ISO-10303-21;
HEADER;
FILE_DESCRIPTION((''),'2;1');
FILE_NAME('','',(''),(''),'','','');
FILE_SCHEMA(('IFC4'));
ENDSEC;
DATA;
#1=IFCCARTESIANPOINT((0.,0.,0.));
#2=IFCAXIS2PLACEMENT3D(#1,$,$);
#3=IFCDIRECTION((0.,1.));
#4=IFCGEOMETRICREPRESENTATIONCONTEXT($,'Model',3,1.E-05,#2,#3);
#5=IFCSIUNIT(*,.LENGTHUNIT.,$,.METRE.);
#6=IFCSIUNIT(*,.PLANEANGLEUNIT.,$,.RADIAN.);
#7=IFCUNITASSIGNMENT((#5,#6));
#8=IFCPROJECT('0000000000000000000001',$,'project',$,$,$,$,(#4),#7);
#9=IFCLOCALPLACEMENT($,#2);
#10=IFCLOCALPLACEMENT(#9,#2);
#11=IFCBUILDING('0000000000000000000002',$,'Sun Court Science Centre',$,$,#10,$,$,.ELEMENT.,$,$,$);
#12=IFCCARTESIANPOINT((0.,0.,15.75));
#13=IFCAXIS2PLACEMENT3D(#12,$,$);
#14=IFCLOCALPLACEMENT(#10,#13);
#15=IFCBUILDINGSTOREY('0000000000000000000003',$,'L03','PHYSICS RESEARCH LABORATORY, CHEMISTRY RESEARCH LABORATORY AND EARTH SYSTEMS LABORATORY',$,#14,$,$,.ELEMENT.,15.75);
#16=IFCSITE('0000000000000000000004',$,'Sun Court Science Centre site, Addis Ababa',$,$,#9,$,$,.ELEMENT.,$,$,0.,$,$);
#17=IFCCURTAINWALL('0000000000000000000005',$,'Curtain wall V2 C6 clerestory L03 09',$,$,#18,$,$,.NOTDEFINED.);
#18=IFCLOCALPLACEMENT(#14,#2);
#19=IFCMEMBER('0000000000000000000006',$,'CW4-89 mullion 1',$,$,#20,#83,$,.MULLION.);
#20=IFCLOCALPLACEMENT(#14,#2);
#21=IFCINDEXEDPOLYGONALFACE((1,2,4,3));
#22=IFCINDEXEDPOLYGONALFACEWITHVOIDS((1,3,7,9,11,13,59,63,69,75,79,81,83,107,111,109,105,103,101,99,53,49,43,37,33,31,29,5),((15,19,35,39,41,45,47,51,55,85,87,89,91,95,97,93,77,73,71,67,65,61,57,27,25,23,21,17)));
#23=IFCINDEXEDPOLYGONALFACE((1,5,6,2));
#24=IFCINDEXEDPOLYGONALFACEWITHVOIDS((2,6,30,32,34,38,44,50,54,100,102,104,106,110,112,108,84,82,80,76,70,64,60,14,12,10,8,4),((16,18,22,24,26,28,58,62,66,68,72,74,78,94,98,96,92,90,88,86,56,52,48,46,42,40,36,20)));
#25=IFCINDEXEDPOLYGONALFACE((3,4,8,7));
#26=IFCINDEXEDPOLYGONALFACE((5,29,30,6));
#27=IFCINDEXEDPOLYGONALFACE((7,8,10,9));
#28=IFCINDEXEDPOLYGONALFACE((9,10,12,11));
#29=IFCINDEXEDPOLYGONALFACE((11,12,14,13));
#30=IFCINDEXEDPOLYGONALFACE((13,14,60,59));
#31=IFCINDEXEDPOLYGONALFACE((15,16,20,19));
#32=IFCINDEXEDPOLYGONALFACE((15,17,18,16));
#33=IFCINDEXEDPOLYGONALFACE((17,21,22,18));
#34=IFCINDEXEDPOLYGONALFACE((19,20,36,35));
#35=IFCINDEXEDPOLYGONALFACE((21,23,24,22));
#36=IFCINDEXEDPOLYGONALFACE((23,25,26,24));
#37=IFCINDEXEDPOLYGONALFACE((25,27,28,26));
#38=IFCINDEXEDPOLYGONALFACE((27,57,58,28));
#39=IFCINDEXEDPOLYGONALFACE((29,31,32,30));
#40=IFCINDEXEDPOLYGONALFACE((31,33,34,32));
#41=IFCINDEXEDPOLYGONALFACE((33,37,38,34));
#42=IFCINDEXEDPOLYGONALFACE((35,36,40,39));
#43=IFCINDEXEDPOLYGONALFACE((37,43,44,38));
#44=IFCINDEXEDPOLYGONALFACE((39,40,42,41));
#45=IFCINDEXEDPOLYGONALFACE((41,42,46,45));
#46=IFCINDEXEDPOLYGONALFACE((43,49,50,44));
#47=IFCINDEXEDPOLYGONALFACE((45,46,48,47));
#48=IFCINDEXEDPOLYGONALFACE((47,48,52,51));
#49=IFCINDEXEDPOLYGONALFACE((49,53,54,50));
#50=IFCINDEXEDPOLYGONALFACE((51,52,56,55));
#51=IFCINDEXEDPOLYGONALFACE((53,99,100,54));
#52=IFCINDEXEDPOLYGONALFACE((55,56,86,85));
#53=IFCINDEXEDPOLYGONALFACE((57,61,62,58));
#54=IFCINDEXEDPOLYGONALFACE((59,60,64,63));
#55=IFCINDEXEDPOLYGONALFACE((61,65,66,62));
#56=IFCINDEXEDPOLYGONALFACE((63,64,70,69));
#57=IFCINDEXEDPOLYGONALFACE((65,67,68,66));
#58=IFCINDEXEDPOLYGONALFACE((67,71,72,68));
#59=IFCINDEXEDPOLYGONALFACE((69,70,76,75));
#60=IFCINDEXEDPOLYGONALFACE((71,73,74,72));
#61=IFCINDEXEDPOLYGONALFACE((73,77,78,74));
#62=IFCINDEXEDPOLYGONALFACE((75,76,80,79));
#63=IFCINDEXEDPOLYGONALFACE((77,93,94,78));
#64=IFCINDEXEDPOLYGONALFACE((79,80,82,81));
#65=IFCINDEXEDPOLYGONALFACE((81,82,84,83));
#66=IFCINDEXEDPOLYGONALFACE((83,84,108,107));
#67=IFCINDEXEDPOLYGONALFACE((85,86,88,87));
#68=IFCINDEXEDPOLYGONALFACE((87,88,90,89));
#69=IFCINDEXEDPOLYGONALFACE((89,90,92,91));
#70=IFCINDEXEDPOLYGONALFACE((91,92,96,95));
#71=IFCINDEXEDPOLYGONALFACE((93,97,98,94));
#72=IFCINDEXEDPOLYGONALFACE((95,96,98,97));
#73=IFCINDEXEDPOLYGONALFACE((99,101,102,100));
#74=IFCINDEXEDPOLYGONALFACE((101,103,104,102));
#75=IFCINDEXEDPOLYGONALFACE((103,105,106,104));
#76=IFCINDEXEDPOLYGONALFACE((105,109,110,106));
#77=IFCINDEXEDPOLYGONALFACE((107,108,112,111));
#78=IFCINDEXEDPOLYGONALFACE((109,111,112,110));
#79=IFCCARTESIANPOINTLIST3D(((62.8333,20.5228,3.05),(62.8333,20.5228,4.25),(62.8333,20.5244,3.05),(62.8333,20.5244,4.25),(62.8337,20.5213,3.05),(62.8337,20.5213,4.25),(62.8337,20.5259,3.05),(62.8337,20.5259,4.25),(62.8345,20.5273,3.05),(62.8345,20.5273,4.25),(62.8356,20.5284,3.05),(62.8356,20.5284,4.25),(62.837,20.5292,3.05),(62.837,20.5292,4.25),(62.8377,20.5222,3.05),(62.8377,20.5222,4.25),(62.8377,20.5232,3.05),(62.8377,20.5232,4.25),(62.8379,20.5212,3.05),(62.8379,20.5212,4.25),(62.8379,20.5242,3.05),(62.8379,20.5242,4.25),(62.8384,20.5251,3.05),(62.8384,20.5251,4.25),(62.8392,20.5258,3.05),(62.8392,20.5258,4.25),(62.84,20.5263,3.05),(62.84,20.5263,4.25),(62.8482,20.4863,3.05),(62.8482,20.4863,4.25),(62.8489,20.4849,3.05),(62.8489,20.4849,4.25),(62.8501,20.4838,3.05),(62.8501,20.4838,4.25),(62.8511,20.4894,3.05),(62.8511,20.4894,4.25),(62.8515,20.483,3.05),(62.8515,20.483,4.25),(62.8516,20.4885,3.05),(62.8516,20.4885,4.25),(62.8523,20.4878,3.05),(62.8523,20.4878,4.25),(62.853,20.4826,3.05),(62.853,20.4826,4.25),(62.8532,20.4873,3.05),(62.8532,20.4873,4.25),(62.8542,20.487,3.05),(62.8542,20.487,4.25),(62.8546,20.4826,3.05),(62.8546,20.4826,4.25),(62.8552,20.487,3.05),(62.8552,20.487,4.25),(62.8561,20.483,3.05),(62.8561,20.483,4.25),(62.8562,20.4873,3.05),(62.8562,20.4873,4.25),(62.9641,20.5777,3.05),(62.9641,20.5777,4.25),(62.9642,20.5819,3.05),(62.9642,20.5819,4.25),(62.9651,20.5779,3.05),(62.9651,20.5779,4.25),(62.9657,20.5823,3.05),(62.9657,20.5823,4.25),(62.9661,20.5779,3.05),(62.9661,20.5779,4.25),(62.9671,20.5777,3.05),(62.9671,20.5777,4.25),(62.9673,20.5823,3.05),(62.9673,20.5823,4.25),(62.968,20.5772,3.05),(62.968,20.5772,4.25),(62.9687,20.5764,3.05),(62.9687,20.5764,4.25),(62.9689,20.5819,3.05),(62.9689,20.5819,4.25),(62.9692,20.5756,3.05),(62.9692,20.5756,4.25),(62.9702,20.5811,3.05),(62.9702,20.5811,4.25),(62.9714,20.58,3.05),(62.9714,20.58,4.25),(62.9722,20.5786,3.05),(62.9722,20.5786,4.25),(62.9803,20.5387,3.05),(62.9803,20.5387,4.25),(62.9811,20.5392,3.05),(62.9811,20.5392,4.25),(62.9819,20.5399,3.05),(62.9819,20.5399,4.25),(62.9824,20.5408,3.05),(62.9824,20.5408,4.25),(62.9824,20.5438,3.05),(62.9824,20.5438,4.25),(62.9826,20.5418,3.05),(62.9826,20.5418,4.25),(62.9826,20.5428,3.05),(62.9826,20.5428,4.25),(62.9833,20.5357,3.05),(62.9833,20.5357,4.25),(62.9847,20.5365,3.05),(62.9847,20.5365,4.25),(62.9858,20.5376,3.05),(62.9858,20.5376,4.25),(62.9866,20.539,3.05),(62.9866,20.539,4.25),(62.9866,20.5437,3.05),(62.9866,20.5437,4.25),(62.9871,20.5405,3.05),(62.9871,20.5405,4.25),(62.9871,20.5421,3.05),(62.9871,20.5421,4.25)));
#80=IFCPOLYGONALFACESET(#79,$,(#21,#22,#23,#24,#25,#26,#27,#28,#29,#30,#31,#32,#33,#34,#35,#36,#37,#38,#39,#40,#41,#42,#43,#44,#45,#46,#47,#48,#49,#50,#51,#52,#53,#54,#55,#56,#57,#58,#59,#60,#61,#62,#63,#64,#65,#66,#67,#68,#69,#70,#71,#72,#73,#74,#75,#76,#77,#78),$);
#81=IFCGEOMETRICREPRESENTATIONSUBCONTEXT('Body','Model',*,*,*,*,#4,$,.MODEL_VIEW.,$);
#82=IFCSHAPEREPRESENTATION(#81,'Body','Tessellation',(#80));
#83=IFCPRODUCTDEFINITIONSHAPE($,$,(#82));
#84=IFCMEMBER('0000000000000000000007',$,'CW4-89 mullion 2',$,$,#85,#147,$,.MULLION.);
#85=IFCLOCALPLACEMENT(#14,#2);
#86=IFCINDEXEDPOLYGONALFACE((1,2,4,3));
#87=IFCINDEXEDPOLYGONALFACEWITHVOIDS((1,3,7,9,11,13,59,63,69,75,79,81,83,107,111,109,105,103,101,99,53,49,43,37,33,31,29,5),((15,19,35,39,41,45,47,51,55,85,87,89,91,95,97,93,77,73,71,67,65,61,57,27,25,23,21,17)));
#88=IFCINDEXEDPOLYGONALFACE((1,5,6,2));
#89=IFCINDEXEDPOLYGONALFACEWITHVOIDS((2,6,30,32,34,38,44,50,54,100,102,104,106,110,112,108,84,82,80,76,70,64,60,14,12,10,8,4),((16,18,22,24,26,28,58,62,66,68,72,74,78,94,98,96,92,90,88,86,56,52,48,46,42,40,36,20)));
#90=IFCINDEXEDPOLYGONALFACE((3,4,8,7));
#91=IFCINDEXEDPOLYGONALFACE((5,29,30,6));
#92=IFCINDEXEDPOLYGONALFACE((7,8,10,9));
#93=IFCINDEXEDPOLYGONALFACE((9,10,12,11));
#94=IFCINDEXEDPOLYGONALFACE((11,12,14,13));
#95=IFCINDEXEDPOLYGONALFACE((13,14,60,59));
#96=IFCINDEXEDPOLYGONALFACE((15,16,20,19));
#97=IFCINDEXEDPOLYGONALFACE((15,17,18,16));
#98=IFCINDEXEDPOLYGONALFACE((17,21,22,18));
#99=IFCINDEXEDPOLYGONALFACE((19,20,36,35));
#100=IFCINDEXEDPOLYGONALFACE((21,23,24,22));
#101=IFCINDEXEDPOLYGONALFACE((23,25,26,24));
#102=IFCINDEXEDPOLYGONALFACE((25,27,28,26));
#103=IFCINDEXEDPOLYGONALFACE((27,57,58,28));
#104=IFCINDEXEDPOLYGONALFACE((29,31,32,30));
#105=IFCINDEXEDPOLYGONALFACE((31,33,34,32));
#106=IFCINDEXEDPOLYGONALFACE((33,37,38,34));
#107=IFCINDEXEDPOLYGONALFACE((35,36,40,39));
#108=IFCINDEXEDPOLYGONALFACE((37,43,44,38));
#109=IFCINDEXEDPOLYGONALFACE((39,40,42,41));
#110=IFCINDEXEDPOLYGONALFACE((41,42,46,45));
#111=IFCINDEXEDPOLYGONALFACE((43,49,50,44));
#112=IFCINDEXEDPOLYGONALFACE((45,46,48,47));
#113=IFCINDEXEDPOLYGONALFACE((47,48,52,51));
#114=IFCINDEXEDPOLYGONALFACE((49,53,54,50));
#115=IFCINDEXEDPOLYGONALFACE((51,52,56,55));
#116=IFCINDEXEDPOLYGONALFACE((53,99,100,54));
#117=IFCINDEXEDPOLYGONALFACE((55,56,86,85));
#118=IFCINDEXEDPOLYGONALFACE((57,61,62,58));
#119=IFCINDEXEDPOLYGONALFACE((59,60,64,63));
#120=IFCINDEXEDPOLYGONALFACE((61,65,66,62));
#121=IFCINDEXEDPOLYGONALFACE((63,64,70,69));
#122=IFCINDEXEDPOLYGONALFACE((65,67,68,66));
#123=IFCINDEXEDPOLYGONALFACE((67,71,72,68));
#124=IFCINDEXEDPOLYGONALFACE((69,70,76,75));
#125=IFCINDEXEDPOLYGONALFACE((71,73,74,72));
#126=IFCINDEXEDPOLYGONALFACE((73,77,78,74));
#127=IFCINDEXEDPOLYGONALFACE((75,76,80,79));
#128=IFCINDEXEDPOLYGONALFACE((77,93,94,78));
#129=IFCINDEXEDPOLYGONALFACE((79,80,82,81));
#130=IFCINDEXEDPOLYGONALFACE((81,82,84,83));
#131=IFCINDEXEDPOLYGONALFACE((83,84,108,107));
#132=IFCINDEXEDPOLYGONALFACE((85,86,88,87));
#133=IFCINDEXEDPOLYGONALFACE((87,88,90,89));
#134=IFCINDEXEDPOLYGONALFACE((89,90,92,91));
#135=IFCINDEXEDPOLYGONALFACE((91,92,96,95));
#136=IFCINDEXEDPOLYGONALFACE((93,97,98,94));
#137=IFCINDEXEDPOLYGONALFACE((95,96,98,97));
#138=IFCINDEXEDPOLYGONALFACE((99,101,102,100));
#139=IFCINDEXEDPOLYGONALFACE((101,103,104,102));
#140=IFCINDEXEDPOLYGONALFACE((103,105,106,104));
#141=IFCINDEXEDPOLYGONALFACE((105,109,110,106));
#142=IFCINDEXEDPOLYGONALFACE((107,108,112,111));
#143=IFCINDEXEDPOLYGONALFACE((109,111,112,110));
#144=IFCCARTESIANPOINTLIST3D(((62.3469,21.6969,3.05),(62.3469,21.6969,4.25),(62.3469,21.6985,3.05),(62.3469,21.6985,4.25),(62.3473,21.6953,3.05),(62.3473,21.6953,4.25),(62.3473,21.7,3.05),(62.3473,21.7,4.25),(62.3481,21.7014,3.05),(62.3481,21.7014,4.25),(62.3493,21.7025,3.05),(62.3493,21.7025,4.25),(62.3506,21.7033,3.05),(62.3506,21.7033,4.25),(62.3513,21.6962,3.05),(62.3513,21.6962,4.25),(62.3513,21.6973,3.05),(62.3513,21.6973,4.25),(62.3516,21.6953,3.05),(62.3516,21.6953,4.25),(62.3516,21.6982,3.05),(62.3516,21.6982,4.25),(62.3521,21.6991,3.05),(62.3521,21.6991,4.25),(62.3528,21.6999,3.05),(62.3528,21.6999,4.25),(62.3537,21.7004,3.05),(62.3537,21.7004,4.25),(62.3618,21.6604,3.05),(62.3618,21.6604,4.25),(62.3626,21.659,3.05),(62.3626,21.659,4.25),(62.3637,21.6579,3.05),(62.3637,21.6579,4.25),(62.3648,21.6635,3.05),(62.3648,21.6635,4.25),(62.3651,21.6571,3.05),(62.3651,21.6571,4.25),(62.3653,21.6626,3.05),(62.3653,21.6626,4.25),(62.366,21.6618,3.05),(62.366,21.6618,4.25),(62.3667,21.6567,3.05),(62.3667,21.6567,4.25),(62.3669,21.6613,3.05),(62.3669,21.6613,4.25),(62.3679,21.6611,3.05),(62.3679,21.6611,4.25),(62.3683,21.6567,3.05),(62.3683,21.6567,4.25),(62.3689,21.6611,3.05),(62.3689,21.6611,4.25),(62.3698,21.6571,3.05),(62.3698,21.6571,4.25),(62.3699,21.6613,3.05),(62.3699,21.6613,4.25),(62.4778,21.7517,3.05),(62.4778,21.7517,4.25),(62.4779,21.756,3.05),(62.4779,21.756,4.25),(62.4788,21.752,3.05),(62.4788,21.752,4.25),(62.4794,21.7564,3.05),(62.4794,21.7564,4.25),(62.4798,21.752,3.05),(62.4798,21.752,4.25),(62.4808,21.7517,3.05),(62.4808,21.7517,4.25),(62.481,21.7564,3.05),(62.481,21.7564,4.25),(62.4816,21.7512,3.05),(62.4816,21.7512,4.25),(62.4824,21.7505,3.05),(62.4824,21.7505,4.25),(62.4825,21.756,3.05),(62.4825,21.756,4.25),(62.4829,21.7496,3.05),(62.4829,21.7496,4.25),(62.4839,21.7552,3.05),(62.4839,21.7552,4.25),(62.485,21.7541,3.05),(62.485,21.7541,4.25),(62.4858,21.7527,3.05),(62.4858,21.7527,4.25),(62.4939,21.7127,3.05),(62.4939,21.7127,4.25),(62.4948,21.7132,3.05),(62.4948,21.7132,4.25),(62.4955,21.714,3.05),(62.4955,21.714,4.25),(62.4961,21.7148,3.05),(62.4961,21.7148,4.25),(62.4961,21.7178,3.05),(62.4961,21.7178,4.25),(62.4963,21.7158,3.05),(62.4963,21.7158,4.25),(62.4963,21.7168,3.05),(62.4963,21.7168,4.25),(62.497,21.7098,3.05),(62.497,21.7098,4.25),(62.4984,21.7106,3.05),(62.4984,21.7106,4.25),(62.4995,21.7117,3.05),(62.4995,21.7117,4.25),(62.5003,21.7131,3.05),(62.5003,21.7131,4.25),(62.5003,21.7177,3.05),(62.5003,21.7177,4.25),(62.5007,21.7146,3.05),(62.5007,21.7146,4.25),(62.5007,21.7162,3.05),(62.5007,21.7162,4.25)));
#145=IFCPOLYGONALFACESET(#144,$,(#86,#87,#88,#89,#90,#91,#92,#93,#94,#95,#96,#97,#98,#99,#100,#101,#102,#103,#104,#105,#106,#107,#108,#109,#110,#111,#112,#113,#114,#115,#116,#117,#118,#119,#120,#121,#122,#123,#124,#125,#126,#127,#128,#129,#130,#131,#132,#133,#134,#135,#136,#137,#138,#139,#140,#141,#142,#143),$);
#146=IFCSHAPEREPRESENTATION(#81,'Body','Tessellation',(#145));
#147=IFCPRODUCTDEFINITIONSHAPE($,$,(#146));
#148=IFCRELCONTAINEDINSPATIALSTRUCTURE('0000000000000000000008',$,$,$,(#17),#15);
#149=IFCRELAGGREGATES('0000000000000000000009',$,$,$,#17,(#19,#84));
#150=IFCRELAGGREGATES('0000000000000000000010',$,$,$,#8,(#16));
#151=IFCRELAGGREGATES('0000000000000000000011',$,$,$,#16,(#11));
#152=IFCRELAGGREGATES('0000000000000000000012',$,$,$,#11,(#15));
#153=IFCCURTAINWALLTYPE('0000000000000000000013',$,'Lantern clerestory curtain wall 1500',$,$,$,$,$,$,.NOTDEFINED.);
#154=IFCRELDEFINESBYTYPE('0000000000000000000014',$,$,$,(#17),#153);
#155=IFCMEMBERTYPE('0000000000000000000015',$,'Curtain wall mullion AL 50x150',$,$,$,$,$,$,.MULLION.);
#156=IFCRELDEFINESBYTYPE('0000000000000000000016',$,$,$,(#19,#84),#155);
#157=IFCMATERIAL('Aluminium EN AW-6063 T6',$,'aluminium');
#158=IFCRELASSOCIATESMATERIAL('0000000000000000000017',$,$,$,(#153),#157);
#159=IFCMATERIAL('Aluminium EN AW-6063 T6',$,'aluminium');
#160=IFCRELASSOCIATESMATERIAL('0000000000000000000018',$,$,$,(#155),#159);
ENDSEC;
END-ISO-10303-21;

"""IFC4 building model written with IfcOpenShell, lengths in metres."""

from ifc_helpers import new_model, si_unit, direction, frame, origin, origin_2d, place, context, subcontext, project, spatial, hollow_rectangle, extrude, material, material_profile, profile_set, type_object, element, aggregate, save


model = new_model("IFC4")

# Units and contexts
model_context = context("Model", 3, precision=1e-05, world=origin(), true_north=direction((0.0, 1.0)))
body_context = subcontext(model_context, "Body", "Model", "MODEL_VIEW")
ifc_project = project(units=[si_unit("LENGTHUNIT", "METRE"), si_unit("PLANEANGLEUNIT", "RADIAN")], contexts=[model_context])

# Site, building, storey
site_placement = place(None, origin())
site = spatial("IfcSite", under=ifc_project, at=site_placement, Name="Sun Court Science Centre site, Addis Ababa", CompositionType="ELEMENT", RefElevation=0.0)
building_placement = place(site_placement, origin())
building = spatial("IfcBuilding", under=site, at=building_placement, Name="Sun Court Science Centre", CompositionType="ELEMENT")
storey_placement = place(building_placement, frame((0.0, 0.0, 15.75)))
storey = spatial("IfcBuildingStorey", under=building, at=storey_placement, Name="L03", Description="PHYSICS RESEARCH LABORATORY, CHEMISTRY RESEARCH LABORATORY AND EARTH SYSTEMS LABORATORY", CompositionType="ELEMENT", Elevation=15.75)

# Curtain wall, members
ifc_material_1 = material(Name="Aluminium EN AW-6063 T6", Category="aluminium")
curtain_wall_type = type_object("IfcCurtainWallType", Name="Lantern clerestory curtain wall 1500", PredefinedType="NOTDEFINED", material=ifc_material_1)
curtain_wall_1_placement = place(storey_placement, origin())
curtain_wall_1 = element("IfcCurtainWall", 1, at=curtain_wall_1_placement, inside=storey, type_object=curtain_wall_type, Name="Curtain wall V2 C6 clerestory L03 09", PredefinedType="NOTDEFINED")
ifc_material_2 = material(Name="Aluminium EN AW-6063 T6", Category="aluminium")
ifc_material_profile_1 = material_profile(ifc_material_2, hollow_rectangle(XDim=0.05, YDim=0.1499, WallThickness=0.0039, InnerFilletRadius=0.0039, OuterFilletRadius=0.0061, at=origin_2d()), Name="AL 50x150x4")
ifc_profile_set_1 = profile_set([ifc_material_profile_1], Name="Aluminium EN AW-6063 T6")
member_type_1 = type_object("IfcMemberType", Name="Curtain wall mullion AL 50x150", PredefinedType="MULLION", material=ifc_profile_set_1)
member_1_placement = place(storey_placement, frame((62.9102, 20.5325, 3.05), z_axis=(0.0, 0.0, 1.0), x_axis=(-0.382683, 0.92388, 0.0)))
member_1 = element("IfcMember", 2, at=member_1_placement, type_object=member_type_1, Name="CW4-89 mullion 1", PredefinedType="MULLION", context=body_context, shape_type="SweptSolid", body=[
    extrude(hollow_rectangle(XDim=0.05, YDim=0.1499, WallThickness=0.0039, InnerFilletRadius=0.0039, OuterFilletRadius=0.0061, at=origin_2d()), origin(), (0.0, 0.0, 1.0), 1.2),
])
member_2_placement = place(storey_placement, frame((62.4238, 21.7065, 3.05), z_axis=(0.0, 0.0, 1.0), x_axis=(-0.382683, 0.92388, 0.0)))
member_2 = element("IfcMember", 3, at=member_2_placement, type_object=member_type_1, Name="CW4-89 mullion 2", PredefinedType="MULLION", context=body_context, shape_type="SweptSolid", body=[
    extrude(hollow_rectangle(XDim=0.05, YDim=0.1499, WallThickness=0.0039, InnerFilletRadius=0.0039, OuterFilletRadius=0.0061, at=origin_2d()), origin(), (0.0, 0.0, 1.0), 1.2),
])

aggregate(curtain_wall_1, [member_1, member_2])

save(model, "model.ifc")
